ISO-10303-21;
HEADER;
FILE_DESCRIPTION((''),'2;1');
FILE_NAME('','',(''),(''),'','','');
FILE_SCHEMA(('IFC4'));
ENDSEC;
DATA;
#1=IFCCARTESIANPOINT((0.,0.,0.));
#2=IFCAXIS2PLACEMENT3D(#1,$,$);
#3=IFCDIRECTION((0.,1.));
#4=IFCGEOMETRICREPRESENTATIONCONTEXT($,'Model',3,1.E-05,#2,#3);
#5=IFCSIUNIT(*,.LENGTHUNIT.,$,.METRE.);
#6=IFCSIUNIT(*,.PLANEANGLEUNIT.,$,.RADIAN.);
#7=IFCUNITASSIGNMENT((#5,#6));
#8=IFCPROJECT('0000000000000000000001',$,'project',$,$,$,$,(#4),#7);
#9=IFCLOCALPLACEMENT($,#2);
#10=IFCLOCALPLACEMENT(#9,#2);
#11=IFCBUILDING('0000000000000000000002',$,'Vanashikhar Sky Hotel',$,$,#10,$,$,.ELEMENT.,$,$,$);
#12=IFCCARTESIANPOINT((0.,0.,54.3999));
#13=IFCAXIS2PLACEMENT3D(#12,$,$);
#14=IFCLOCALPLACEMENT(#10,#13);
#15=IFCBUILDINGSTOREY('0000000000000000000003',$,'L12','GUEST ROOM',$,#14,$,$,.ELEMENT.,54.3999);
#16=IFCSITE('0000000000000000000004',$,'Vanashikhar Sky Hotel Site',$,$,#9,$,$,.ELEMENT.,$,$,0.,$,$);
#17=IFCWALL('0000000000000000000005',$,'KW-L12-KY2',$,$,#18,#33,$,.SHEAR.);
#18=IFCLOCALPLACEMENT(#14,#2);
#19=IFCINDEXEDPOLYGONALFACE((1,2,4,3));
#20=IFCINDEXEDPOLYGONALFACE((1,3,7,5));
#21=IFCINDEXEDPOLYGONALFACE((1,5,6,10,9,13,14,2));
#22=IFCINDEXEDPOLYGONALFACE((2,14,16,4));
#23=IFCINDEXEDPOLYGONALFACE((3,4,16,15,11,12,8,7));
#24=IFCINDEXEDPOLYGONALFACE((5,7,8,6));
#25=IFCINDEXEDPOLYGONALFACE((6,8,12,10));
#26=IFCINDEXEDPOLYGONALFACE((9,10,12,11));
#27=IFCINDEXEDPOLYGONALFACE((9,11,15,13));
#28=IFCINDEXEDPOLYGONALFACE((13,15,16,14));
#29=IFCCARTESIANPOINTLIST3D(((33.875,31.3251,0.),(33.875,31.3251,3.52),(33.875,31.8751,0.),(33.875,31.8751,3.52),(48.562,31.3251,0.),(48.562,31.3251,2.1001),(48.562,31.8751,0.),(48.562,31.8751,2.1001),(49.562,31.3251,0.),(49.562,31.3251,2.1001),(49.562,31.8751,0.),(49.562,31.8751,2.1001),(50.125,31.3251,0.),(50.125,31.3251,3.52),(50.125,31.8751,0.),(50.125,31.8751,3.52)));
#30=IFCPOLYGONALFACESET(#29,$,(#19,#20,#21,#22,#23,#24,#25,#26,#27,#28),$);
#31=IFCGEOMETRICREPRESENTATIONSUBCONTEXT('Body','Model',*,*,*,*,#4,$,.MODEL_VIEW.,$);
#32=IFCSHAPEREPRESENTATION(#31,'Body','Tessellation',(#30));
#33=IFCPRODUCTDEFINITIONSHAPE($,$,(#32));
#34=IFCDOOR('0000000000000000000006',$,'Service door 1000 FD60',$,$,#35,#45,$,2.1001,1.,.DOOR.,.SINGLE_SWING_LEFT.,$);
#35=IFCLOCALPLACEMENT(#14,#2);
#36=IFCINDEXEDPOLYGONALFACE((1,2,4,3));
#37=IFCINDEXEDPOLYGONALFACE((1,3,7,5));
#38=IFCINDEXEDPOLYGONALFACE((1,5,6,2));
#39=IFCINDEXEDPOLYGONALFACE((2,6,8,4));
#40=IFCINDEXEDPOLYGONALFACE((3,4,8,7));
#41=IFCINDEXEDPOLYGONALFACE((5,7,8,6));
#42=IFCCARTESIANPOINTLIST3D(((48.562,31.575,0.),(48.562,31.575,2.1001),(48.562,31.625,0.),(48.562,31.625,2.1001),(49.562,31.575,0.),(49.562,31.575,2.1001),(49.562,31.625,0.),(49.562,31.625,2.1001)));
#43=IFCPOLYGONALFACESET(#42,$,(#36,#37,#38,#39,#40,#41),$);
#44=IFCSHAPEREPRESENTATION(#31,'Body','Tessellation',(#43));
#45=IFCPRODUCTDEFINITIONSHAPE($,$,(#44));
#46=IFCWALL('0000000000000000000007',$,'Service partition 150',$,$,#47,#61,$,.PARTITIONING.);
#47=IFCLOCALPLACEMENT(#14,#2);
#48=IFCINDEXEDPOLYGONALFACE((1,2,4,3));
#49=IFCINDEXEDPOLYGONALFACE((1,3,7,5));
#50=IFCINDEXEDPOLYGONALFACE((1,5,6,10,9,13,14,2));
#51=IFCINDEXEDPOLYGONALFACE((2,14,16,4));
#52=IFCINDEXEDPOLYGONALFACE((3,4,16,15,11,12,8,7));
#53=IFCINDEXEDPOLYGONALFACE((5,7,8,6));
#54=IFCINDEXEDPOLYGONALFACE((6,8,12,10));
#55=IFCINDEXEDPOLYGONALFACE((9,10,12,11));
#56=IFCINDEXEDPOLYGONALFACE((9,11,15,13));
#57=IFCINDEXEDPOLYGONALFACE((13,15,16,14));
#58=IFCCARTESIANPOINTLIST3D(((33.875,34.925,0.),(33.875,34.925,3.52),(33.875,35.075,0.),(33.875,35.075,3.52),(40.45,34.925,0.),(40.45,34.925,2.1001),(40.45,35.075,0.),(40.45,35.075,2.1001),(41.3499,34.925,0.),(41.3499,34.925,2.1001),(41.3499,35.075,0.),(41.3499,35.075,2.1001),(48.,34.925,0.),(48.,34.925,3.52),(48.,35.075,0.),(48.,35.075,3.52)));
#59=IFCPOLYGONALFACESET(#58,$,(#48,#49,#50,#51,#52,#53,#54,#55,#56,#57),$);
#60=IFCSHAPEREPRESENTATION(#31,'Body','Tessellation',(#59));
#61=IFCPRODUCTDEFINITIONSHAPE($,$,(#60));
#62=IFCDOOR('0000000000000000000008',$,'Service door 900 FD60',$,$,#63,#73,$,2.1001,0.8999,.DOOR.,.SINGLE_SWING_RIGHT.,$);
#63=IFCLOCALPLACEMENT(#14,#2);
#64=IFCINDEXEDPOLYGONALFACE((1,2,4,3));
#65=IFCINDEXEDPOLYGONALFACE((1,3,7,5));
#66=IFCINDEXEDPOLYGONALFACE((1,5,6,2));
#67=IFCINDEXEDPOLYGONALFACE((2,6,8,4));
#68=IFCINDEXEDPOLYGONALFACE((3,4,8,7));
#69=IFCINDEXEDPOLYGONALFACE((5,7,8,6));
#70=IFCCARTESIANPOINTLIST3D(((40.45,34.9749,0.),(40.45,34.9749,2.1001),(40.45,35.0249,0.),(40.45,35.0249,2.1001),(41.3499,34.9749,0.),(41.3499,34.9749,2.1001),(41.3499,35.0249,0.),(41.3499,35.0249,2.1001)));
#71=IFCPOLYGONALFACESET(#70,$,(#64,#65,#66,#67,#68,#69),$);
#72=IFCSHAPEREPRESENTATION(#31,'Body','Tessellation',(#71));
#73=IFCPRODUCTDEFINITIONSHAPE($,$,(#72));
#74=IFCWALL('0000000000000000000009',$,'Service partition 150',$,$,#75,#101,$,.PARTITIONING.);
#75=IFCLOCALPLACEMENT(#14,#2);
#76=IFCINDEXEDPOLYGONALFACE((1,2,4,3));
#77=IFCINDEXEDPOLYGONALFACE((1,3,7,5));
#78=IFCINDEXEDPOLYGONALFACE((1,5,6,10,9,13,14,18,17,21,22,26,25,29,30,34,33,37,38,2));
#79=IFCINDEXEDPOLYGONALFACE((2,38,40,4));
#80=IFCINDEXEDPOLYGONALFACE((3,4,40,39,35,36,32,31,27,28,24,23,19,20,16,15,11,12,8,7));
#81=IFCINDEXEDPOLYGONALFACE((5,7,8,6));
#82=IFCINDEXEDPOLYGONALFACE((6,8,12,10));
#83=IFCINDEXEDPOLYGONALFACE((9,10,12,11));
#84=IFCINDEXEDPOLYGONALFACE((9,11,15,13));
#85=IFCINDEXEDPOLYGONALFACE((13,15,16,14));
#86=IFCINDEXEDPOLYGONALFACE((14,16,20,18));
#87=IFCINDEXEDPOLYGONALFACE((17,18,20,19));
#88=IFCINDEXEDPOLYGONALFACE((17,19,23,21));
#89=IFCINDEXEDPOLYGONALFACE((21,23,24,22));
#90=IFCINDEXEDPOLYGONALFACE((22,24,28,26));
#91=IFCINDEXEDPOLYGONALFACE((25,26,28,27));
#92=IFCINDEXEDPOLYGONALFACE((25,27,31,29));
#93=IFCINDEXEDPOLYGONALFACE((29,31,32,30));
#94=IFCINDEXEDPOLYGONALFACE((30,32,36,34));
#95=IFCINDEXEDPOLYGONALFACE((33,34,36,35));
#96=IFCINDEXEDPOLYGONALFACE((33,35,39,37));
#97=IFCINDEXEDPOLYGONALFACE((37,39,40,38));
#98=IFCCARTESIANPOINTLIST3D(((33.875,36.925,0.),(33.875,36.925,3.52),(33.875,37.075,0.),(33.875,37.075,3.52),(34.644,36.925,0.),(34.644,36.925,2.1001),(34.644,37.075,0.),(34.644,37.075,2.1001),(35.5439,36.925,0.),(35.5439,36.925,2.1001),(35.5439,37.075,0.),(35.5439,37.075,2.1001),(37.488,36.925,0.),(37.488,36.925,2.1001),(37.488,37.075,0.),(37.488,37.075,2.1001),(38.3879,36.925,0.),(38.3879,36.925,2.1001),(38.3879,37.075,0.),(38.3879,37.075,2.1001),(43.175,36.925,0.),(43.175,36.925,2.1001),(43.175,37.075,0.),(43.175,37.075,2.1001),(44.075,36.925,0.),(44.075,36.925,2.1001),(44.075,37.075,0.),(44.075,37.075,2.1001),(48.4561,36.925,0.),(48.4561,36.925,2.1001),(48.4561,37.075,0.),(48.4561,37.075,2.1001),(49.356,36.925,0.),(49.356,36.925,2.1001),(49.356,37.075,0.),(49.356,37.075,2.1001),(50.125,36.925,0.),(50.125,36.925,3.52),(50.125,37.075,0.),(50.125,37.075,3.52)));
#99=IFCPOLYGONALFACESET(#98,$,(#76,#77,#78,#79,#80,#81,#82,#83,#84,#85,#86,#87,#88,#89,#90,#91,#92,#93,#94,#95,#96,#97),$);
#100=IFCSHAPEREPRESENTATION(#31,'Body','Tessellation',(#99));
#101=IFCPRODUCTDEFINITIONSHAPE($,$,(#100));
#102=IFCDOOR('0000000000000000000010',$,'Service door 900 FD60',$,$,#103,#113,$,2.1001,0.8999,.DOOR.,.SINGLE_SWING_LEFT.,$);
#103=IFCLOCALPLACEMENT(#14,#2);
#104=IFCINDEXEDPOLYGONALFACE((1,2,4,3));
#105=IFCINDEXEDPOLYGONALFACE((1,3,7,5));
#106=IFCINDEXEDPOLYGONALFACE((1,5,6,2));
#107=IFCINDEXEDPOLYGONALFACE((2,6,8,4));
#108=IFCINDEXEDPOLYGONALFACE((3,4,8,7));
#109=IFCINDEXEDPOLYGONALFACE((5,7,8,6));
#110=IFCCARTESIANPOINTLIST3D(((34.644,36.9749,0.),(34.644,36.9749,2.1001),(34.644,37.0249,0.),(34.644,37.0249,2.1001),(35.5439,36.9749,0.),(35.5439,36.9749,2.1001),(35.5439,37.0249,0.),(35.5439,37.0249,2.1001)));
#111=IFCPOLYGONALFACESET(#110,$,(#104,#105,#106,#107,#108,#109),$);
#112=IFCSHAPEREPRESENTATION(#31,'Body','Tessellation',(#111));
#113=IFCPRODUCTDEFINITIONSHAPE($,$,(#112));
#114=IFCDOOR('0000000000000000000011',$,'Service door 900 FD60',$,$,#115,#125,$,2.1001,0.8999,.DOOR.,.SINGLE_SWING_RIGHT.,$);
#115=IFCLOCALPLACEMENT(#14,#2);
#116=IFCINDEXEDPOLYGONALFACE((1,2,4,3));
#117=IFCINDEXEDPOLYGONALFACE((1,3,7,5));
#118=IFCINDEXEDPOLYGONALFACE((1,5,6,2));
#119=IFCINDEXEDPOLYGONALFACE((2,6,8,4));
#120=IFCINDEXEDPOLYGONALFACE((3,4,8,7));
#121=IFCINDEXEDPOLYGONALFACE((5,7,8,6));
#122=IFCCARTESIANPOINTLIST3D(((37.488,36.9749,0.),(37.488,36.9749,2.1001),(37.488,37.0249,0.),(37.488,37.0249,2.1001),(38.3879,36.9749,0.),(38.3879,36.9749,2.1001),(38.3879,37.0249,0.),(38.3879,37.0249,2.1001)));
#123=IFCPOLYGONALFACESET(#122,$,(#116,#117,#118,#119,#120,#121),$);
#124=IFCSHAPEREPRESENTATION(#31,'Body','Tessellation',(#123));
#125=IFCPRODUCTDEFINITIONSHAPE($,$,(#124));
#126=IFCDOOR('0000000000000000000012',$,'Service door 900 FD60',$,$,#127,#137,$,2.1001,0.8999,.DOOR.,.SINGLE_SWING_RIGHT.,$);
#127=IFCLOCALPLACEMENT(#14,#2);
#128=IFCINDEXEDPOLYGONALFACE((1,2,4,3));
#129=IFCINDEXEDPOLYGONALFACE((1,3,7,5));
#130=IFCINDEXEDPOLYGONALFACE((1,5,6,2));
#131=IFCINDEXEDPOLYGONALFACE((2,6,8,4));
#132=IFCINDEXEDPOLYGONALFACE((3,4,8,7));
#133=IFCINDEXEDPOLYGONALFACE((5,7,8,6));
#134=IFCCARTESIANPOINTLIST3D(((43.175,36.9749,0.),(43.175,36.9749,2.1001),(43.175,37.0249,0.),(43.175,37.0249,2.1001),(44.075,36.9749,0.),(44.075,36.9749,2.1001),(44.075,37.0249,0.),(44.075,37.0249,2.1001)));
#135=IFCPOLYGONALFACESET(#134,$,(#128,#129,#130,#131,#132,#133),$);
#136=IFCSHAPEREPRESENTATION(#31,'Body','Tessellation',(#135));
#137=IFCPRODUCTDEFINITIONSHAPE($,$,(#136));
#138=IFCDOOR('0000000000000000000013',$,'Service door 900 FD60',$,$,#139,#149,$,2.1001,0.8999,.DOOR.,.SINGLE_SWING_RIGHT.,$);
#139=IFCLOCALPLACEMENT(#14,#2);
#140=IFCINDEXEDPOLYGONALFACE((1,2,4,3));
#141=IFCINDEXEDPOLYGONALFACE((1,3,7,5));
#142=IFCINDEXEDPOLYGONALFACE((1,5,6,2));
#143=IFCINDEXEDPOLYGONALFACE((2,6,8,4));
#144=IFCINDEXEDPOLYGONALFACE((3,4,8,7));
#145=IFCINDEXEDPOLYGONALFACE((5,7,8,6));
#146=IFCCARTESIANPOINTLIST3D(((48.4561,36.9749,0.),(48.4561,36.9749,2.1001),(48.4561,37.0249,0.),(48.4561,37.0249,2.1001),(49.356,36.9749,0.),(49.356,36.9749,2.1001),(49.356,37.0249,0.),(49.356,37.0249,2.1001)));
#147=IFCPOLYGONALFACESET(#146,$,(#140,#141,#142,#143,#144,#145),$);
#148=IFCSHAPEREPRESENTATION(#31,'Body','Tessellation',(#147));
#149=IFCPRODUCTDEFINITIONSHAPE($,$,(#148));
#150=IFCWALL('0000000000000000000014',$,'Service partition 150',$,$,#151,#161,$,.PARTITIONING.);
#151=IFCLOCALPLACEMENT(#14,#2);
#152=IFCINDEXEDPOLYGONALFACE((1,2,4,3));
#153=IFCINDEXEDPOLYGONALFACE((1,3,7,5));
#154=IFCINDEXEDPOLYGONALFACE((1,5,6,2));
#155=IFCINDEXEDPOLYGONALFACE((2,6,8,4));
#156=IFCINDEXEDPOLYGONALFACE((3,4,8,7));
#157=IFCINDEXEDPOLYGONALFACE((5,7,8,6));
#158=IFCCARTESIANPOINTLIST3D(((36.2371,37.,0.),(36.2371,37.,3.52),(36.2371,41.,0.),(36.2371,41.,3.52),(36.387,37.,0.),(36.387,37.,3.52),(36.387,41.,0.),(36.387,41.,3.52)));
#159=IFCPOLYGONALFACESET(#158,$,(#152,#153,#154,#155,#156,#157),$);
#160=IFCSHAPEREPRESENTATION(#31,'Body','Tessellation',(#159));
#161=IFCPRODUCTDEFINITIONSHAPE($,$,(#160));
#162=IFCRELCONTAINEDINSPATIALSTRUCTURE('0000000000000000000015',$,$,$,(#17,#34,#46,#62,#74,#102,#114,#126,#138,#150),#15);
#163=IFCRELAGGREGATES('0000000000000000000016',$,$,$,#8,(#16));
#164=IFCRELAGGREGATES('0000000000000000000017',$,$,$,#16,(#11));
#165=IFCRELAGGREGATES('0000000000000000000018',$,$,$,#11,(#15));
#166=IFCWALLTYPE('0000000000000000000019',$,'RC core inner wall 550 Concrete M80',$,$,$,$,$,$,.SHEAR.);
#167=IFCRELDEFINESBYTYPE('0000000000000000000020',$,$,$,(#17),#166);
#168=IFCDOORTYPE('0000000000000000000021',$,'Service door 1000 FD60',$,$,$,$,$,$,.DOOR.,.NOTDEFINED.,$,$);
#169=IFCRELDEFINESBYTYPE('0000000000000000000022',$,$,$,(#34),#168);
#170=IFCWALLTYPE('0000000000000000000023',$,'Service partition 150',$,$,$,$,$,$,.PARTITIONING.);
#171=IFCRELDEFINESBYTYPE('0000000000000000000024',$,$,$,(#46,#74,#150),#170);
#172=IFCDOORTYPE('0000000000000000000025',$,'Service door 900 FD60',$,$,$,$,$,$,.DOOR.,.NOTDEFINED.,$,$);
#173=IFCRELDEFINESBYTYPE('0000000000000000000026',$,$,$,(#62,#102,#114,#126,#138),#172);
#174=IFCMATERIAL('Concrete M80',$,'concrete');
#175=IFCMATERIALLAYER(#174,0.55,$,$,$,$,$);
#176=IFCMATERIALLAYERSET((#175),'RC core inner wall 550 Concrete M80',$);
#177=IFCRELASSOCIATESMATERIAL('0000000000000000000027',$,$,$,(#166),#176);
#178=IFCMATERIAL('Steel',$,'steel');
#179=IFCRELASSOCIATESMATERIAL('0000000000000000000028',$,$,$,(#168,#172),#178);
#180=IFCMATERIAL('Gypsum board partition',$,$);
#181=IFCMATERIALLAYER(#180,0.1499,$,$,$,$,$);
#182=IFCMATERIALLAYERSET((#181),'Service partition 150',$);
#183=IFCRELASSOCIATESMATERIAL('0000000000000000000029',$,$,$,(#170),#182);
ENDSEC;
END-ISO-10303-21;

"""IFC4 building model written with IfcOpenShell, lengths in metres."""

from ifc_helpers import new_model, si_unit, direction, frame, frame_2d, origin, place, context, subcontext, project, spatial, rectangle, extrude, source, transform, mapped, material, layer, layer_set, type_object, element, fill, save


model = new_model("IFC4")

# Units and contexts
model_context = context("Model", 3, precision=1e-05, world=origin(), true_north=direction((0.0, 1.0)))
body_context = subcontext(model_context, "Body", "Model", "MODEL_VIEW")
ifc_project = project(units=[si_unit("LENGTHUNIT", "METRE"), si_unit("PLANEANGLEUNIT", "RADIAN")], contexts=[model_context])

# Site, building, storey
site_placement = place(None, origin())
site = spatial("IfcSite", under=ifc_project, at=site_placement, Name="Vanashikhar Sky Hotel Site", CompositionType="ELEMENT", RefElevation=0.0)
building_placement = place(site_placement, origin())
building = spatial("IfcBuilding", under=site, at=building_placement, Name="Vanashikhar Sky Hotel", CompositionType="ELEMENT")
storey_placement = place(building_placement, frame((0.0, 0.0, 54.3999)))
storey = spatial("IfcBuildingStorey", under=building, at=storey_placement, Name="L12", Description="GUEST ROOM", CompositionType="ELEMENT", Elevation=54.3999)

# Walls, openings, doors
ifc_material_1 = material(Name="Concrete M80", Category="concrete")
ifc_layer_1 = layer(ifc_material_1, 0.55)
ifc_layer_set_1 = layer_set([ifc_layer_1], Name="RC core inner wall 550 Concrete M80")
wall_type_1 = type_object("IfcWallType", Name="RC core inner wall 550 Concrete M80", PredefinedType="SHEAR", material=ifc_layer_set_1)
shared_shape_1 = source(origin(), body_context, "Body", "SweptSolid", [
    extrude(rectangle(XDim=16.25, YDim=0.55, at=frame_2d((8.125, 0.0))), origin(), (0.0, 0.0, 1.0), 3.52),
])
wall_1_placement = place(storey_placement, frame((33.875, 31.6001, 0.0), z_axis=(0.0, 0.0, 1.0), x_axis=(1.0, 0.0, 0.0)))
wall_1 = element("IfcWall", 1, at=wall_1_placement, inside=storey, type_object=wall_type_1, Name="KW-L12-KY2", PredefinedType="SHEAR", context=body_context, shape_type="MappedRepresentation", body=[
    mapped(shared_shape_1, transform((0.0, 0.0, 0.0), scale=1.0)),
])
shared_shape_2 = source(origin(), body_context, "Body", "SweptSolid", [
    extrude(rectangle(XDim=1.0, YDim=2.1001, at=frame_2d((0.5, 1.05))), frame((0.0, 0.2852, 0.0), z_axis=(0.0, -1.0, 0.0), x_axis=(1.0, 0.0, 0.0)), (0.0, 0.0, 1.0), 0.5701),
])
opening_1_placement = place(wall_1_placement, frame((14.687, 0.0, 0.0)))
opening_1 = element("IfcOpeningElement", 2, at=opening_1_placement, cuts=wall_1, PredefinedType="OPENING", context=body_context, shape_type="MappedRepresentation", body=[
    mapped(shared_shape_2, transform((0.0, 0.0, 0.0), scale=1.0)),
])
ifc_material_2 = material(Name="Steel", Category="steel")
door_type_1 = type_object("IfcDoorType", Name="Service door 1000 FD60", OperationType="NOTDEFINED", PredefinedType="DOOR", material=ifc_material_2)
shared_shape_3 = source(origin(), body_context, "Body", "SweptSolid", [
    extrude(rectangle(XDim=1.0, YDim=2.1001, at=frame_2d((0.5, 1.05))), frame((0.0, 0.0249, 0.0), z_axis=(0.0, -1.0, 0.0), x_axis=(1.0, 0.0, 0.0)), (0.0, 0.0, 1.0), 0.05),
])
door_1_placement = place(opening_1_placement, origin())
door_1 = element("IfcDoor", 3, at=door_1_placement, inside=storey, type_object=door_type_1, Name="Service door 1000 FD60", OperationType="SINGLE_SWING_LEFT", OverallHeight=2.1001, OverallWidth=1.0, PredefinedType="DOOR", context=body_context, shape_type="MappedRepresentation", body=[
    mapped(shared_shape_3, transform((0.0, 0.0, 0.0), scale=1.0)),
])
fill(opening_1, door_1)
ifc_material_3 = material(Name="Gypsum board partition")
ifc_layer_2 = layer(ifc_material_3, 0.1499)
ifc_layer_set_2 = layer_set([ifc_layer_2], Name="Service partition 150")
wall_type_2 = type_object("IfcWallType", Name="Service partition 150", PredefinedType="PARTITIONING", material=ifc_layer_set_2)
shared_shape_4 = source(origin(), body_context, "Body", "SweptSolid", [
    extrude(rectangle(XDim=14.125, YDim=0.1499, at=frame_2d((7.0625, 0.0))), origin(), (0.0, 0.0, 1.0), 3.52),
])
wall_2_placement = place(storey_placement, frame((33.875, 35.0, 0.0), z_axis=(0.0, 0.0, 1.0), x_axis=(1.0, 0.0, 0.0)))
wall_2 = element("IfcWall", 4, at=wall_2_placement, inside=storey, type_object=wall_type_2, Name="Service partition 150", PredefinedType="PARTITIONING", context=body_context, shape_type="MappedRepresentation", body=[
    mapped(shared_shape_4, transform((0.0, 0.0, 0.0), scale=1.0)),
])
shared_shape_5 = source(origin(), body_context, "Body", "SweptSolid", [
    extrude(rectangle(XDim=0.8999, YDim=2.1001, at=frame_2d((0.45, 1.05))), frame((0.0, 0.085, 0.0), z_axis=(0.0, -1.0, 0.0), x_axis=(1.0, 0.0, 0.0)), (0.0, 0.0, 1.0), 0.1699),
])
opening_2_placement = place(wall_2_placement, frame((6.575, 0.0, 0.0)))
opening_2 = element("IfcOpeningElement", 5, at=opening_2_placement, cuts=wall_2, PredefinedType="OPENING", context=body_context, shape_type="MappedRepresentation", body=[
    mapped(shared_shape_5, transform((0.0, 0.0, 0.0), scale=1.0)),
])
door_type_2 = type_object("IfcDoorType", Name="Service door 900 FD60", OperationType="NOTDEFINED", PredefinedType="DOOR", material=ifc_material_2)
shared_shape_6 = source(origin(), body_context, "Body", "SweptSolid", [
    extrude(rectangle(XDim=0.8999, YDim=2.1001, at=frame_2d((0.45, 1.05))), frame((0.0, 0.0249, 0.0), z_axis=(0.0, -1.0, 0.0), x_axis=(1.0, 0.0, 0.0)), (0.0, 0.0, 1.0), 0.05),
])
door_2_placement = place(opening_2_placement, origin())
door_2 = element("IfcDoor", 6, at=door_2_placement, inside=storey, type_object=door_type_2, Name="Service door 900 FD60", OperationType="SINGLE_SWING_RIGHT", OverallHeight=2.1001, OverallWidth=0.8999, PredefinedType="DOOR", context=body_context, shape_type="MappedRepresentation", body=[
    mapped(shared_shape_6, transform((0.0, 0.0, 0.0), scale=1.0)),
])
fill(opening_2, door_2)

# Wall, openings, doors
shared_shape_7 = source(origin(), body_context, "Body", "SweptSolid", [
    extrude(rectangle(XDim=16.25, YDim=0.1499, at=frame_2d((8.125, 0.0))), origin(), (0.0, 0.0, 1.0), 3.52),
])
wall_3_placement = place(storey_placement, frame((33.875, 37.0, 0.0), z_axis=(0.0, 0.0, 1.0), x_axis=(1.0, 0.0, 0.0)))
wall_3 = element("IfcWall", 7, at=wall_3_placement, inside=storey, type_object=wall_type_2, Name="Service partition 150", PredefinedType="PARTITIONING", context=body_context, shape_type="MappedRepresentation", body=[
    mapped(shared_shape_7, transform((0.0, 0.0, 0.0), scale=1.0)),
])
opening_3_placement = place(wall_3_placement, frame((0.769, 0.0, 0.0)))
opening_3 = element("IfcOpeningElement", 8, at=opening_3_placement, cuts=wall_3, PredefinedType="OPENING", context=body_context, shape_type="MappedRepresentation", body=[
    mapped(shared_shape_5, transform((0.0, 0.0, 0.0), scale=1.0)),
])
opening_4_placement = place(wall_3_placement, frame((3.613, 0.0, 0.0)))
opening_4 = element("IfcOpeningElement", 9, at=opening_4_placement, cuts=wall_3, PredefinedType="OPENING", context=body_context, shape_type="MappedRepresentation", body=[
    mapped(shared_shape_5, transform((0.0, 0.0, 0.0), scale=1.0)),
])
opening_5_placement = place(wall_3_placement, frame((9.3, 0.0, 0.0)))
opening_5 = element("IfcOpeningElement", 10, at=opening_5_placement, cuts=wall_3, PredefinedType="OPENING", context=body_context, shape_type="MappedRepresentation", body=[
    mapped(shared_shape_5, transform((0.0, 0.0, 0.0), scale=1.0)),
])
opening_6_placement = place(wall_3_placement, frame((14.5811, 0.0, 0.0)))
opening_6 = element("IfcOpeningElement", 11, at=opening_6_placement, cuts=wall_3, PredefinedType="OPENING", context=body_context, shape_type="MappedRepresentation", body=[
    mapped(shared_shape_5, transform((0.0, 0.0, 0.0), scale=1.0)),
])
door_3_placement = place(opening_3_placement, origin())
door_3 = element("IfcDoor", 12, at=door_3_placement, inside=storey, type_object=door_type_2, Name="Service door 900 FD60", OperationType="SINGLE_SWING_LEFT", OverallHeight=2.1001, OverallWidth=0.8999, PredefinedType="DOOR", context=body_context, shape_type="MappedRepresentation", body=[
    mapped(shared_shape_6, transform((0.0, 0.0, 0.0), scale=1.0)),
])
fill(opening_3, door_3)
door_4_placement = place(opening_4_placement, origin())
door_4 = element("IfcDoor", 13, at=door_4_placement, inside=storey, type_object=door_type_2, Name="Service door 900 FD60", OperationType="SINGLE_SWING_RIGHT", OverallHeight=2.1001, OverallWidth=0.8999, PredefinedType="DOOR", context=body_context, shape_type="MappedRepresentation", body=[
    mapped(shared_shape_6, transform((0.0, 0.0, 0.0), scale=1.0)),
])
fill(opening_4, door_4)
door_5_placement = place(opening_5_placement, origin())
door_5 = element("IfcDoor", 14, at=door_5_placement, inside=storey, type_object=door_type_2, Name="Service door 900 FD60", OperationType="SINGLE_SWING_RIGHT", OverallHeight=2.1001, OverallWidth=0.8999, PredefinedType="DOOR", context=body_context, shape_type="MappedRepresentation", body=[
    mapped(shared_shape_6, transform((0.0, 0.0, 0.0), scale=1.0)),
])
fill(opening_5, door_5)
door_6_placement = place(opening_6_placement, origin())
door_6 = element("IfcDoor", 15, at=door_6_placement, inside=storey, type_object=door_type_2, Name="Service door 900 FD60", OperationType="SINGLE_SWING_RIGHT", OverallHeight=2.1001, OverallWidth=0.8999, PredefinedType="DOOR", context=body_context, shape_type="MappedRepresentation", body=[
    mapped(shared_shape_6, transform((0.0, 0.0, 0.0), scale=1.0)),
])
fill(opening_6, door_6)

# Wall
shared_shape_8 = source(origin(), body_context, "Body", "SweptSolid", [
    extrude(rectangle(XDim=4.0, YDim=0.1499, at=frame_2d((2.0, 0.0))), origin(), (0.0, 0.0, 1.0), 3.52),
])
for number, where, z_axis, x_axis, name in (
    (16, (36.312, 37.0, 0.0), (0.0, 0.0, 1.0), (0.0, 1.0, 0.0), "Service partition 150"),
):
    element("IfcWall", number, at=place(storey_placement, frame(where, z_axis=z_axis, x_axis=x_axis)), inside=storey, type_object=wall_type_2, Name=name, PredefinedType="PARTITIONING", context=body_context, shape_type="MappedRepresentation", body=[
        mapped(shared_shape_8, transform((0.0, 0.0, 0.0), scale=1.0)),
    ])

save(model, "model.ifc")
